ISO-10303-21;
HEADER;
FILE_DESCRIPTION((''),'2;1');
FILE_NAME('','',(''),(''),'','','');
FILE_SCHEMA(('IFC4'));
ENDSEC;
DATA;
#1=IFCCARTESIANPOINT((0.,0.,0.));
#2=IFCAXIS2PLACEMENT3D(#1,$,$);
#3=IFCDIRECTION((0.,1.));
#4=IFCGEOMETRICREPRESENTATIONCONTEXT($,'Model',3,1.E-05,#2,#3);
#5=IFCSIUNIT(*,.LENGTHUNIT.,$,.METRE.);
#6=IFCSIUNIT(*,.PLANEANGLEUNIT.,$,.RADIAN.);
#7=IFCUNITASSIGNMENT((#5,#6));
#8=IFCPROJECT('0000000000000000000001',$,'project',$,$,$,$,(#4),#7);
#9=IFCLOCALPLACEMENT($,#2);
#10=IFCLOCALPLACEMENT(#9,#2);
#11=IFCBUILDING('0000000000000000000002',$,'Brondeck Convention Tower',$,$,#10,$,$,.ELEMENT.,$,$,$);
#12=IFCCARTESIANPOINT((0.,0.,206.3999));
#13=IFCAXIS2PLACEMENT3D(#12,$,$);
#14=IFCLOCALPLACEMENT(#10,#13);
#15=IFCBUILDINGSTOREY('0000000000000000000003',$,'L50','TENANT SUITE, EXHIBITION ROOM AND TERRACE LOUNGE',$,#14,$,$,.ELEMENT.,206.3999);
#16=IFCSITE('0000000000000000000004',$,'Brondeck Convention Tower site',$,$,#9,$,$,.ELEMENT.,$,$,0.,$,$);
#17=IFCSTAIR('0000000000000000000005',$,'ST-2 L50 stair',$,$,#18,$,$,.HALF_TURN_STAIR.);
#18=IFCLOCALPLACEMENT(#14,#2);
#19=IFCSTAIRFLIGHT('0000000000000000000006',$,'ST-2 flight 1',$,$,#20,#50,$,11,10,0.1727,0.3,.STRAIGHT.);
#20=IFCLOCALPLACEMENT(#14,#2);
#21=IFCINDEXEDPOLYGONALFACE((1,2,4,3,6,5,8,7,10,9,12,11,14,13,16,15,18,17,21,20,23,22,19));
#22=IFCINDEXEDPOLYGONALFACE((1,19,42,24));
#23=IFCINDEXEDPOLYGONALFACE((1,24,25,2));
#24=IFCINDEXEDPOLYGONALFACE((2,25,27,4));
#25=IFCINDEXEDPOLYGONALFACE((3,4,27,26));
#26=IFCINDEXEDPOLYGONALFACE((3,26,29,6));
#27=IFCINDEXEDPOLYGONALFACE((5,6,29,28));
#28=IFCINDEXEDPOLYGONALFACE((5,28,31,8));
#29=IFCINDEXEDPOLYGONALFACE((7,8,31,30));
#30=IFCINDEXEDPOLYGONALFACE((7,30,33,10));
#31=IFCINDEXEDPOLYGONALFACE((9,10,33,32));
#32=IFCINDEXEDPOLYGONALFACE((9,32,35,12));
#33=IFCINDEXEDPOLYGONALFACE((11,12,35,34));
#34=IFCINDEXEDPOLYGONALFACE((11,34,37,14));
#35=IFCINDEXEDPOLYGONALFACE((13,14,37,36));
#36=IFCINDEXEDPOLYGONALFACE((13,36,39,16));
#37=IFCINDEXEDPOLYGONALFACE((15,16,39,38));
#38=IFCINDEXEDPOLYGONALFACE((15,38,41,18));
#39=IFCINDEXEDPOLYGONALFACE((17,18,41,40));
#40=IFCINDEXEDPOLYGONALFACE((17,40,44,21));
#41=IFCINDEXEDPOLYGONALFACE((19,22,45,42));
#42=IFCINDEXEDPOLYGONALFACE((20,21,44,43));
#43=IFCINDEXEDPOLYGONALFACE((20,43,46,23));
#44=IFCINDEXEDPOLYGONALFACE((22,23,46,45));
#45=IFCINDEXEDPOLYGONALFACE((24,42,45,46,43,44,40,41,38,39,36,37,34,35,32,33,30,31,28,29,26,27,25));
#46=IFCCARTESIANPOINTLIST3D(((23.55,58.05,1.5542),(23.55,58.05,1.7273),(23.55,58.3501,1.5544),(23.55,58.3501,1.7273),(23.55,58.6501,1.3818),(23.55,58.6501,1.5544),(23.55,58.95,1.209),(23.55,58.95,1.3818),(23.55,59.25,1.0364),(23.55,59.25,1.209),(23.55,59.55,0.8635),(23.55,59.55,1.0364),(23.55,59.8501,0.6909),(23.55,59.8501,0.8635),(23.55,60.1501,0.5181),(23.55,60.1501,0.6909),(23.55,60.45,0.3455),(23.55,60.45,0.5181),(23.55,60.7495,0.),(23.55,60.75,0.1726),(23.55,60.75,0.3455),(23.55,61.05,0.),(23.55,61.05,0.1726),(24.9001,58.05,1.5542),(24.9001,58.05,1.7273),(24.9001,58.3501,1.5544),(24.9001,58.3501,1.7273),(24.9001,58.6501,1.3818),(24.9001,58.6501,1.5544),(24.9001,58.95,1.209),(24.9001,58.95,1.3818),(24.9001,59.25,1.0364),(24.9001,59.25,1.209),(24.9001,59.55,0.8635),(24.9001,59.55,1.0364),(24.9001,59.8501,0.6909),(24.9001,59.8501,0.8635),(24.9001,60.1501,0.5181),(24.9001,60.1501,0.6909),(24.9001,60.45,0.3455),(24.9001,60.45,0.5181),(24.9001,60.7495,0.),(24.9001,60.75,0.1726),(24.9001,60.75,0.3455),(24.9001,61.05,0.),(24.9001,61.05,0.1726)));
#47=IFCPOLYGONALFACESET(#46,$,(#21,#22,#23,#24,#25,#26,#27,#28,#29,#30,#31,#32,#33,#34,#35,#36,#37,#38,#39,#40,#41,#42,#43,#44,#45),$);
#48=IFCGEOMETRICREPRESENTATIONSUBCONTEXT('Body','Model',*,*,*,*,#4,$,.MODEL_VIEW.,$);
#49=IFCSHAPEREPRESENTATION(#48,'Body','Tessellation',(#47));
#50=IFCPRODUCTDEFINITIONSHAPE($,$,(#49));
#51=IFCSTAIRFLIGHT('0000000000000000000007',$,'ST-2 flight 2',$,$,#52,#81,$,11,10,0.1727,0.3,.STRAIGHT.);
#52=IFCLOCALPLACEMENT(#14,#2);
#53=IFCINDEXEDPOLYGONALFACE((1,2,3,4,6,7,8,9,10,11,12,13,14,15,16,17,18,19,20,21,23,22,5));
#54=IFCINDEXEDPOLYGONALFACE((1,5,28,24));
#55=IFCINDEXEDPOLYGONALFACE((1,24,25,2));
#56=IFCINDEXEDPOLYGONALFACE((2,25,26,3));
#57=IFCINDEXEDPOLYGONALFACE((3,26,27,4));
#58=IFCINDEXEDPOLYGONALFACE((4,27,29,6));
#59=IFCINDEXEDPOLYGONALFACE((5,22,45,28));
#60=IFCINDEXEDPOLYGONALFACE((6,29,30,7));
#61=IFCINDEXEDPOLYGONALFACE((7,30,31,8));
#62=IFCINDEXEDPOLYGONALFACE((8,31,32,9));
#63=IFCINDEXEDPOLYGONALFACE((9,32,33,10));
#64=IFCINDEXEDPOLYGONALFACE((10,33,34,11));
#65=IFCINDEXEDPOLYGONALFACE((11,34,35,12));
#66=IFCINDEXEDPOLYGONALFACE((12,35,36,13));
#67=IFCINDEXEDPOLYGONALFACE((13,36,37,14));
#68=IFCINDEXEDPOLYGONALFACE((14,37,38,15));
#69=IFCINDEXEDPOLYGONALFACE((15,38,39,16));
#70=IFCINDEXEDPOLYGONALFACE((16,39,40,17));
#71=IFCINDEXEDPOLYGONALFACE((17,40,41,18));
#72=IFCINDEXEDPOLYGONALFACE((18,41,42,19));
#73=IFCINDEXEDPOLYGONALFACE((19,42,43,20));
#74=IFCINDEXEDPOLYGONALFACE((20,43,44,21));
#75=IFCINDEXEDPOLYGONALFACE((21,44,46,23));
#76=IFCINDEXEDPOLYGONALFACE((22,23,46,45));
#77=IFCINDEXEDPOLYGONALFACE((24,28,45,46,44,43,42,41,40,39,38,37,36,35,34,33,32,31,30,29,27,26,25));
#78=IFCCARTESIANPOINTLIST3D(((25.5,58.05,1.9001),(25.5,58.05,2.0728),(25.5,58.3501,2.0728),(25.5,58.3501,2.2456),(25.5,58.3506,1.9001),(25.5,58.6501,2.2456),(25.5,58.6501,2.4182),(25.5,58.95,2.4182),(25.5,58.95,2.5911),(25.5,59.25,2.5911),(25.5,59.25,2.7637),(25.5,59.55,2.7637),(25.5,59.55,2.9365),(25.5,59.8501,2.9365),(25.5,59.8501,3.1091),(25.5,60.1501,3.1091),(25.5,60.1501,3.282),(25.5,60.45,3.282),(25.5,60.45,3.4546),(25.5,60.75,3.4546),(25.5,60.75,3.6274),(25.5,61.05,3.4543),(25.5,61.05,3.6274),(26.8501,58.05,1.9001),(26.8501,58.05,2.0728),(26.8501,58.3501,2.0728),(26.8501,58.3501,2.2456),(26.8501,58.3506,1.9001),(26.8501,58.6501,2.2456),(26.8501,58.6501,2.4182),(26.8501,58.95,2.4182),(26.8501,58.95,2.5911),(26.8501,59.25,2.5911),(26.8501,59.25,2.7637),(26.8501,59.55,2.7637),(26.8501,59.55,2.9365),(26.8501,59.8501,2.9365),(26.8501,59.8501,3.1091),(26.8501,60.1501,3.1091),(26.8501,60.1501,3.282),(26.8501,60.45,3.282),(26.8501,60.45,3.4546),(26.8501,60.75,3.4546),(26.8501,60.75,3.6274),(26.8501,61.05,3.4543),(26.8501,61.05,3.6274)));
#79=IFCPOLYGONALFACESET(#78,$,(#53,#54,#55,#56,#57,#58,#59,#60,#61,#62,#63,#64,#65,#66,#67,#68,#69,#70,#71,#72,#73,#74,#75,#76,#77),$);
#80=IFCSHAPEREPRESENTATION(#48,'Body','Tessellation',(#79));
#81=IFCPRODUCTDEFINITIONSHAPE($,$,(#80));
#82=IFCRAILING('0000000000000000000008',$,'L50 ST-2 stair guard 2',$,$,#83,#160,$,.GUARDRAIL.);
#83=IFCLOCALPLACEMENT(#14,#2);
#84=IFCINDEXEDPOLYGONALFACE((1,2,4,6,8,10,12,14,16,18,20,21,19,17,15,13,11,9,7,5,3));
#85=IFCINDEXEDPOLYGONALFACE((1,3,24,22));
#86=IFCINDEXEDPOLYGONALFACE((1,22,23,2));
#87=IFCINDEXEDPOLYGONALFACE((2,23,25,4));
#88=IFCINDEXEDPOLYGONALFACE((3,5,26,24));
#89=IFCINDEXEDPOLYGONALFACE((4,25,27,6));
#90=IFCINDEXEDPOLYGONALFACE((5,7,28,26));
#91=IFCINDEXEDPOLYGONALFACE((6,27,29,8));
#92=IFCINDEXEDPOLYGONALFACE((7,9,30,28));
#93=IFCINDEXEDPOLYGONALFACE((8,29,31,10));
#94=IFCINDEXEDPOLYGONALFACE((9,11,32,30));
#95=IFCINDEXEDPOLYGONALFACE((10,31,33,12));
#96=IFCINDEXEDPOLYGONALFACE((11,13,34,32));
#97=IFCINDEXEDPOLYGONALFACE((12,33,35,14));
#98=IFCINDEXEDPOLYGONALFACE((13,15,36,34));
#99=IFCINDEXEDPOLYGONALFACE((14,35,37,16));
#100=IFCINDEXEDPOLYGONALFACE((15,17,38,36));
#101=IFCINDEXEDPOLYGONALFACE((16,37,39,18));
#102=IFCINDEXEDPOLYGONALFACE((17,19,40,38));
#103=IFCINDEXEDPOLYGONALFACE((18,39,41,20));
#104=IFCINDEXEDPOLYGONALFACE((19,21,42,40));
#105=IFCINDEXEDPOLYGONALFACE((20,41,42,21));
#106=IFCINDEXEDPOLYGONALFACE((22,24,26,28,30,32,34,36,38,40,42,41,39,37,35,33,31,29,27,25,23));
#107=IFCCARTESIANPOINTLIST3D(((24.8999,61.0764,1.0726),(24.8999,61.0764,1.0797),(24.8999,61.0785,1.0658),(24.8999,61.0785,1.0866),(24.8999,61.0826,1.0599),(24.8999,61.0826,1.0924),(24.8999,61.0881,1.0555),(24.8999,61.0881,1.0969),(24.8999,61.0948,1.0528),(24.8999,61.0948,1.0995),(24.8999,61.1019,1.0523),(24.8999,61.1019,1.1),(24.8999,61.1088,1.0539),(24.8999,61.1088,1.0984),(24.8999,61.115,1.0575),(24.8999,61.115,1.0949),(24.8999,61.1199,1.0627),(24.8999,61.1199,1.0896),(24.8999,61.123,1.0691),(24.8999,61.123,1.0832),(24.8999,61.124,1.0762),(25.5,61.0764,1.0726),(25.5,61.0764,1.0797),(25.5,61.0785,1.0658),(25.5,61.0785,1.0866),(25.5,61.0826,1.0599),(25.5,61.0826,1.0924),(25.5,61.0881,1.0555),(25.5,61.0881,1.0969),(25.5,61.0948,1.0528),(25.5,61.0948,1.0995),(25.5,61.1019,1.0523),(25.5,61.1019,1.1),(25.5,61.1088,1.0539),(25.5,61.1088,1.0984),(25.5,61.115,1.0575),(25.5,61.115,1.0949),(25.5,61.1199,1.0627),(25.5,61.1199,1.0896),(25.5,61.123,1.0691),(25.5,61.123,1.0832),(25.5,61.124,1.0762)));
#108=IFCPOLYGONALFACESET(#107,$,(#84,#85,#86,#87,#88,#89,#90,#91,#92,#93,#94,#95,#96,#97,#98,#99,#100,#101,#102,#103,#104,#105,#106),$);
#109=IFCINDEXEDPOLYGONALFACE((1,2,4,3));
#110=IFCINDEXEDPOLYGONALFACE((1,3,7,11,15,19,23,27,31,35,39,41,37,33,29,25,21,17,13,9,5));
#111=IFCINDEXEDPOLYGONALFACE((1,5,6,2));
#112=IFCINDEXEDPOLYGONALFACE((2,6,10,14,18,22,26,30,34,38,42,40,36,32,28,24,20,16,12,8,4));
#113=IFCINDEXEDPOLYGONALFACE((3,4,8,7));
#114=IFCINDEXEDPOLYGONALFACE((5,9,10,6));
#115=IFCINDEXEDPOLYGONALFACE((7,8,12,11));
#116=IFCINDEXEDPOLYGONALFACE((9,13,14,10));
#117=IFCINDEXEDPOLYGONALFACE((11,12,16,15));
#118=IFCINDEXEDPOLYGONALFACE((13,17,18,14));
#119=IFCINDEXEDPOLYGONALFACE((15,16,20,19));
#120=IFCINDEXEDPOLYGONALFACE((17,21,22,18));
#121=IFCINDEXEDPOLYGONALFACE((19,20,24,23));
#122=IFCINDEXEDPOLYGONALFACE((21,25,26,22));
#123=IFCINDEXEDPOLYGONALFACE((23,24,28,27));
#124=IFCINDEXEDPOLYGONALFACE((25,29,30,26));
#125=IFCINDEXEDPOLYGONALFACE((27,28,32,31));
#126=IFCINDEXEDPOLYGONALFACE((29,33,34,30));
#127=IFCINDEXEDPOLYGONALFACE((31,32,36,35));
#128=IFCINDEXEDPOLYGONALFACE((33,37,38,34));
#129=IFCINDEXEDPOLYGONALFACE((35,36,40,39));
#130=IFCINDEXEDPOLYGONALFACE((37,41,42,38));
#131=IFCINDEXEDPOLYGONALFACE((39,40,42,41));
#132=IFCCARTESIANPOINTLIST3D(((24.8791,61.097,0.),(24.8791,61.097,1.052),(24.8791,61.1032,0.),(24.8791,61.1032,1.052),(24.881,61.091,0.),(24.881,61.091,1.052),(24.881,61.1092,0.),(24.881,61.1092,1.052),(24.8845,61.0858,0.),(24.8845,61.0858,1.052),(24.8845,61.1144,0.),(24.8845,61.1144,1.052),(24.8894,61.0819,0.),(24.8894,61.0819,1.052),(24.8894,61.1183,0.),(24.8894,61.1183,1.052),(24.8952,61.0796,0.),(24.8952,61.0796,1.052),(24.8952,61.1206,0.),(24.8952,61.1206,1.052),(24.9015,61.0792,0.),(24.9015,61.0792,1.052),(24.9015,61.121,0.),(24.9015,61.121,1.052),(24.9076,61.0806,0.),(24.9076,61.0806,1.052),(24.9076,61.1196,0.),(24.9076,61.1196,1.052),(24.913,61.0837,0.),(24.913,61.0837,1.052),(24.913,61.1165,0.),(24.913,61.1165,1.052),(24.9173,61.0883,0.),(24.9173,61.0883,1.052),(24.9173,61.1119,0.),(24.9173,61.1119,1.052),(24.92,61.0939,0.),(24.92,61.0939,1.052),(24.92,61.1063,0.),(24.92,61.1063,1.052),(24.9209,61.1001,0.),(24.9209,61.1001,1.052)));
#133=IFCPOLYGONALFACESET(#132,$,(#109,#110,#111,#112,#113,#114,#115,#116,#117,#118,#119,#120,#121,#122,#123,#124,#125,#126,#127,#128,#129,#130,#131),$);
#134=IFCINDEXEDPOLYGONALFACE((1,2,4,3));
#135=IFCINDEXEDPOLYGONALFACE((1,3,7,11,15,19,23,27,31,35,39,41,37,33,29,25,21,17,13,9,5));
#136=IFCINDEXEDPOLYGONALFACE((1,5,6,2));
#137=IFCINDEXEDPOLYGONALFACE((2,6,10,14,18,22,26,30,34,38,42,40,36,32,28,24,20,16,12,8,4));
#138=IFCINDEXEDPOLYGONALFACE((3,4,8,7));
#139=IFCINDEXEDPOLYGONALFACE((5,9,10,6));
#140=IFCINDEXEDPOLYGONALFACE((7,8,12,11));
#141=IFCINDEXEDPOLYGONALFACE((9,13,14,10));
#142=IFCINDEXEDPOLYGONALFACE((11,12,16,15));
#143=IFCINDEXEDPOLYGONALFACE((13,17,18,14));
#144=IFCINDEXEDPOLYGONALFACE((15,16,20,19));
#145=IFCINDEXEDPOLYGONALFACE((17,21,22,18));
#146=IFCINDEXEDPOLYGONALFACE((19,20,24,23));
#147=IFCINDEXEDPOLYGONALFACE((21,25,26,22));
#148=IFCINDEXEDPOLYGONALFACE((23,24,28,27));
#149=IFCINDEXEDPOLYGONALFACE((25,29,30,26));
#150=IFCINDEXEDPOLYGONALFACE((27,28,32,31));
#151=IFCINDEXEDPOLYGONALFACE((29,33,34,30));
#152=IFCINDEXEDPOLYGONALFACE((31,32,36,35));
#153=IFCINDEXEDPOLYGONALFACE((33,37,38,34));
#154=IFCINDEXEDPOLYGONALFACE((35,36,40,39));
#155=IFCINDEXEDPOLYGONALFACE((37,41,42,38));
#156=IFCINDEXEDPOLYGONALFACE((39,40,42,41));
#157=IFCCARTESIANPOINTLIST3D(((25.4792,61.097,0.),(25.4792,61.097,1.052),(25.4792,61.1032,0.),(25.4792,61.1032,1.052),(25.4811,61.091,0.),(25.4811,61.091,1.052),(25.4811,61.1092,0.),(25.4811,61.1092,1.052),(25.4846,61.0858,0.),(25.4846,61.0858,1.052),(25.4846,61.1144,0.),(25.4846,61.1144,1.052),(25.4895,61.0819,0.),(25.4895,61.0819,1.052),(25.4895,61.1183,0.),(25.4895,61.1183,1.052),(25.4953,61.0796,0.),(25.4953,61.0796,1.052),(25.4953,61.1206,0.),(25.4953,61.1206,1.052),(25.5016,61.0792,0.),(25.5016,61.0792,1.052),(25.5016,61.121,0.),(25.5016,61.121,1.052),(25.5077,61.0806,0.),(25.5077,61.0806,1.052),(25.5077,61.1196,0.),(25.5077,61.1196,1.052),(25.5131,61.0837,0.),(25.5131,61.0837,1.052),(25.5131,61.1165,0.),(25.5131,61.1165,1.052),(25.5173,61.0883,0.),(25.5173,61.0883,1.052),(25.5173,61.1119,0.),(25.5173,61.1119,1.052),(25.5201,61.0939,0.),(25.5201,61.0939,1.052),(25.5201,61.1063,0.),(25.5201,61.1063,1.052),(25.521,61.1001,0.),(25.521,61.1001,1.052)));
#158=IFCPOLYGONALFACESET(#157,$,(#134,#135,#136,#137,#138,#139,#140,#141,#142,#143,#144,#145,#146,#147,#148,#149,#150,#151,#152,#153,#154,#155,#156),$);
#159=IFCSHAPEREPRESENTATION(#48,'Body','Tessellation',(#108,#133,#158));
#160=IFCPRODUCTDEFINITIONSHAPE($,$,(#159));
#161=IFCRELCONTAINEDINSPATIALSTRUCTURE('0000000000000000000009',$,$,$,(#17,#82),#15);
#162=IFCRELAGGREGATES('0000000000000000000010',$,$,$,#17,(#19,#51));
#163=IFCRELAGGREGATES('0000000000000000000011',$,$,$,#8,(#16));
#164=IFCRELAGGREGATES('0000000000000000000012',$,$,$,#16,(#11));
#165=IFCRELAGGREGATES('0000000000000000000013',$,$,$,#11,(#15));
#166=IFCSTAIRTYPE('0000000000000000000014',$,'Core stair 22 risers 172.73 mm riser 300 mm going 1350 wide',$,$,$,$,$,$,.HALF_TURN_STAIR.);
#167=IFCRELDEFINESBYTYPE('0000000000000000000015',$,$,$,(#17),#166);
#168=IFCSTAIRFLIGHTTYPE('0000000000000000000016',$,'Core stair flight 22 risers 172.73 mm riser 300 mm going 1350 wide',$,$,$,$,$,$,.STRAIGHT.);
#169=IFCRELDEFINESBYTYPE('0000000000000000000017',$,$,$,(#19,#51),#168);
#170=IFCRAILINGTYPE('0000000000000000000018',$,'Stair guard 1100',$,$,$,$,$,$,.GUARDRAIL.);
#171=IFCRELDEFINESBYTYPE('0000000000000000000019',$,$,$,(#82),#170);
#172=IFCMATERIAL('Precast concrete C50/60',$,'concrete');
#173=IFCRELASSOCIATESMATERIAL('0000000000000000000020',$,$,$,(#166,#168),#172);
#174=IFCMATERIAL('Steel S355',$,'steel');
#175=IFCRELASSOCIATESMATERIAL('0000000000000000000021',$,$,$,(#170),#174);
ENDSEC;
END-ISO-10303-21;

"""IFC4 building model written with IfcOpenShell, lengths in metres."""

from ifc_helpers import new_model, si_unit, direction, frame, origin, origin_2d, place, context, subcontext, project, spatial, polyline, circle, outline, extrude, material, type_object, element, aggregate, save


model = new_model("IFC4")

# Units and contexts
model_context = context("Model", 3, precision=1e-05, world=origin(), true_north=direction((0.0, 1.0)))
body_context = subcontext(model_context, "Body", "Model", "MODEL_VIEW")
ifc_project = project(units=[si_unit("LENGTHUNIT", "METRE"), si_unit("PLANEANGLEUNIT", "RADIAN")], contexts=[model_context])

# Site, building, storey
site_placement = place(None, origin())
site = spatial("IfcSite", under=ifc_project, at=site_placement, Name="Brondeck Convention Tower site", CompositionType="ELEMENT", RefElevation=0.0)
building_placement = place(site_placement, origin())
building = spatial("IfcBuilding", under=site, at=building_placement, Name="Brondeck Convention Tower", CompositionType="ELEMENT")
storey_placement = place(building_placement, frame((0.0, 0.0, 206.3999)))
storey = spatial("IfcBuildingStorey", under=building, at=storey_placement, Name="L50", Description="TENANT SUITE, EXHIBITION ROOM AND TERRACE LOUNGE", CompositionType="ELEMENT", Elevation=206.3999)

# Stair, stair flights
ifc_material_1 = material(Name="Precast concrete C50/60", Category="concrete")
stair_type = type_object("IfcStairType", Name="Core stair 22 risers 172.73 mm riser 300 mm going 1350 wide", PredefinedType="HALF_TURN_STAIR", material=ifc_material_1)
stair_placement = place(storey_placement, origin())
stair = element("IfcStair", 1, at=stair_placement, inside=storey, type_object=stair_type, Name="ST-2 L50 stair", PredefinedType="HALF_TURN_STAIR")
stair_flight_type = type_object("IfcStairFlightType", Name="Core stair flight 22 risers 172.73 mm riser 300 mm going 1350 wide", PredefinedType="STRAIGHT", material=ifc_material_1)
stair_flight_1_placement = place(storey_placement, frame((24.2251, 61.05, 0.0), z_axis=(0.0, 0.0, 1.0), x_axis=(0.0, -1.0, 0.0)))
stair_flight_1 = element("IfcStairFlight", 2, at=stair_flight_1_placement, type_object=stair_flight_type, Name="ST-2 flight 1", NumberOfRisers=11, NumberOfTreads=10, PredefinedType="STRAIGHT", RiserHeight=0.1727, TreadLength=0.3, context=body_context, shape_type="SweptSolid", body=[
    extrude(outline(polyline([(0.0, 0.0), (0.0, 0.1726), (0.3, 0.1726), (0.3, 0.3455), (0.6001, 0.3455), (0.6001, 0.5181), (0.8999, 0.5181), (0.8999, 0.6909), (1.2, 0.6909), (1.2, 0.8635), (1.5, 0.8635), (1.5, 1.0364), (1.8, 1.0364), (1.8, 1.209), (2.1001, 1.209), (2.1001, 1.3818), (2.3999, 1.3818), (2.3999, 1.5544), (2.7, 1.5544), (2.7, 1.7273), (3.0, 1.7273), (3.0, 1.8999), (3.0, 1.5542), (0.3005, 0.0), (0.0, 0.0)])), frame((0.0, 0.675, 0.0), z_axis=(0.0, -1.0, 0.0), x_axis=(1.0, 0.0, 0.0)), (0.0, 0.0, 1.0), 1.3501),
])
stair_flight_2_placement = place(storey_placement, frame((26.175, 58.05, 1.9001), z_axis=(0.0, 0.0, 1.0), x_axis=(0.0, 1.0, 0.0)))
stair_flight_2 = element("IfcStairFlight", 3, at=stair_flight_2_placement, type_object=stair_flight_type, Name="ST-2 flight 2", NumberOfRisers=11, NumberOfTreads=10, PredefinedType="STRAIGHT", RiserHeight=0.1727, TreadLength=0.3, context=body_context, shape_type="SweptSolid", body=[
    extrude(outline(polyline([(0.0, 0.0), (0.0, 0.1726), (0.3, 0.1726), (0.3, 0.3455), (0.6001, 0.3455), (0.6001, 0.5181), (0.8999, 0.5181), (0.8999, 0.6909), (1.2, 0.6909), (1.2, 0.8635), (1.5, 0.8635), (1.5, 1.0364), (1.8, 1.0364), (1.8, 1.209), (2.1001, 1.209), (2.1001, 1.3818), (2.3999, 1.3818), (2.3999, 1.5544), (2.7, 1.5544), (2.7, 1.7273), (3.0, 1.7273), (3.0, 1.8999), (3.0, 1.5542), (0.3005, 0.0), (0.0, 0.0)])), frame((0.0, 0.675, 0.0), z_axis=(0.0, -1.0, 0.0), x_axis=(1.0, 0.0, 0.0)), (0.0, 0.0, 1.0), 1.3501),
])
aggregate(stair, [stair_flight_1, stair_flight_2])

# Railing
ifc_material_2 = material(Name="Steel S355", Category="steel")
railing_type_1 = type_object("IfcRailingType", Name="Stair guard 1100", PredefinedType="GUARDRAIL", material=ifc_material_2)
railing_1_placement = place(storey_placement, frame((24.8999, 61.1001, 0.0)))
element("IfcRailing", 4, at=railing_1_placement, inside=storey, type_object=railing_type_1, Name="L50 ST-2 stair guard 2", PredefinedType="GUARDRAIL", context=body_context, shape_type="SweptSolid", body=[
    extrude(circle(Radius=0.0239, at=origin_2d()), frame((0.0, 0.0, 1.0762), z_axis=(1.0, 0.0, 0.0), x_axis=(0.0, 1.0, 0.0)), (0.0, 0.0, 1.0), 0.6001),
    extrude(circle(Radius=0.021, at=origin_2d()), origin(), (0.0, 0.0, 1.0), 1.052),
    extrude(circle(Radius=0.021, at=origin_2d()), frame((0.6001, 0.0, 0.0)), (0.0, 0.0, 1.0), 1.052),
])

save(model, "model.ifc")
